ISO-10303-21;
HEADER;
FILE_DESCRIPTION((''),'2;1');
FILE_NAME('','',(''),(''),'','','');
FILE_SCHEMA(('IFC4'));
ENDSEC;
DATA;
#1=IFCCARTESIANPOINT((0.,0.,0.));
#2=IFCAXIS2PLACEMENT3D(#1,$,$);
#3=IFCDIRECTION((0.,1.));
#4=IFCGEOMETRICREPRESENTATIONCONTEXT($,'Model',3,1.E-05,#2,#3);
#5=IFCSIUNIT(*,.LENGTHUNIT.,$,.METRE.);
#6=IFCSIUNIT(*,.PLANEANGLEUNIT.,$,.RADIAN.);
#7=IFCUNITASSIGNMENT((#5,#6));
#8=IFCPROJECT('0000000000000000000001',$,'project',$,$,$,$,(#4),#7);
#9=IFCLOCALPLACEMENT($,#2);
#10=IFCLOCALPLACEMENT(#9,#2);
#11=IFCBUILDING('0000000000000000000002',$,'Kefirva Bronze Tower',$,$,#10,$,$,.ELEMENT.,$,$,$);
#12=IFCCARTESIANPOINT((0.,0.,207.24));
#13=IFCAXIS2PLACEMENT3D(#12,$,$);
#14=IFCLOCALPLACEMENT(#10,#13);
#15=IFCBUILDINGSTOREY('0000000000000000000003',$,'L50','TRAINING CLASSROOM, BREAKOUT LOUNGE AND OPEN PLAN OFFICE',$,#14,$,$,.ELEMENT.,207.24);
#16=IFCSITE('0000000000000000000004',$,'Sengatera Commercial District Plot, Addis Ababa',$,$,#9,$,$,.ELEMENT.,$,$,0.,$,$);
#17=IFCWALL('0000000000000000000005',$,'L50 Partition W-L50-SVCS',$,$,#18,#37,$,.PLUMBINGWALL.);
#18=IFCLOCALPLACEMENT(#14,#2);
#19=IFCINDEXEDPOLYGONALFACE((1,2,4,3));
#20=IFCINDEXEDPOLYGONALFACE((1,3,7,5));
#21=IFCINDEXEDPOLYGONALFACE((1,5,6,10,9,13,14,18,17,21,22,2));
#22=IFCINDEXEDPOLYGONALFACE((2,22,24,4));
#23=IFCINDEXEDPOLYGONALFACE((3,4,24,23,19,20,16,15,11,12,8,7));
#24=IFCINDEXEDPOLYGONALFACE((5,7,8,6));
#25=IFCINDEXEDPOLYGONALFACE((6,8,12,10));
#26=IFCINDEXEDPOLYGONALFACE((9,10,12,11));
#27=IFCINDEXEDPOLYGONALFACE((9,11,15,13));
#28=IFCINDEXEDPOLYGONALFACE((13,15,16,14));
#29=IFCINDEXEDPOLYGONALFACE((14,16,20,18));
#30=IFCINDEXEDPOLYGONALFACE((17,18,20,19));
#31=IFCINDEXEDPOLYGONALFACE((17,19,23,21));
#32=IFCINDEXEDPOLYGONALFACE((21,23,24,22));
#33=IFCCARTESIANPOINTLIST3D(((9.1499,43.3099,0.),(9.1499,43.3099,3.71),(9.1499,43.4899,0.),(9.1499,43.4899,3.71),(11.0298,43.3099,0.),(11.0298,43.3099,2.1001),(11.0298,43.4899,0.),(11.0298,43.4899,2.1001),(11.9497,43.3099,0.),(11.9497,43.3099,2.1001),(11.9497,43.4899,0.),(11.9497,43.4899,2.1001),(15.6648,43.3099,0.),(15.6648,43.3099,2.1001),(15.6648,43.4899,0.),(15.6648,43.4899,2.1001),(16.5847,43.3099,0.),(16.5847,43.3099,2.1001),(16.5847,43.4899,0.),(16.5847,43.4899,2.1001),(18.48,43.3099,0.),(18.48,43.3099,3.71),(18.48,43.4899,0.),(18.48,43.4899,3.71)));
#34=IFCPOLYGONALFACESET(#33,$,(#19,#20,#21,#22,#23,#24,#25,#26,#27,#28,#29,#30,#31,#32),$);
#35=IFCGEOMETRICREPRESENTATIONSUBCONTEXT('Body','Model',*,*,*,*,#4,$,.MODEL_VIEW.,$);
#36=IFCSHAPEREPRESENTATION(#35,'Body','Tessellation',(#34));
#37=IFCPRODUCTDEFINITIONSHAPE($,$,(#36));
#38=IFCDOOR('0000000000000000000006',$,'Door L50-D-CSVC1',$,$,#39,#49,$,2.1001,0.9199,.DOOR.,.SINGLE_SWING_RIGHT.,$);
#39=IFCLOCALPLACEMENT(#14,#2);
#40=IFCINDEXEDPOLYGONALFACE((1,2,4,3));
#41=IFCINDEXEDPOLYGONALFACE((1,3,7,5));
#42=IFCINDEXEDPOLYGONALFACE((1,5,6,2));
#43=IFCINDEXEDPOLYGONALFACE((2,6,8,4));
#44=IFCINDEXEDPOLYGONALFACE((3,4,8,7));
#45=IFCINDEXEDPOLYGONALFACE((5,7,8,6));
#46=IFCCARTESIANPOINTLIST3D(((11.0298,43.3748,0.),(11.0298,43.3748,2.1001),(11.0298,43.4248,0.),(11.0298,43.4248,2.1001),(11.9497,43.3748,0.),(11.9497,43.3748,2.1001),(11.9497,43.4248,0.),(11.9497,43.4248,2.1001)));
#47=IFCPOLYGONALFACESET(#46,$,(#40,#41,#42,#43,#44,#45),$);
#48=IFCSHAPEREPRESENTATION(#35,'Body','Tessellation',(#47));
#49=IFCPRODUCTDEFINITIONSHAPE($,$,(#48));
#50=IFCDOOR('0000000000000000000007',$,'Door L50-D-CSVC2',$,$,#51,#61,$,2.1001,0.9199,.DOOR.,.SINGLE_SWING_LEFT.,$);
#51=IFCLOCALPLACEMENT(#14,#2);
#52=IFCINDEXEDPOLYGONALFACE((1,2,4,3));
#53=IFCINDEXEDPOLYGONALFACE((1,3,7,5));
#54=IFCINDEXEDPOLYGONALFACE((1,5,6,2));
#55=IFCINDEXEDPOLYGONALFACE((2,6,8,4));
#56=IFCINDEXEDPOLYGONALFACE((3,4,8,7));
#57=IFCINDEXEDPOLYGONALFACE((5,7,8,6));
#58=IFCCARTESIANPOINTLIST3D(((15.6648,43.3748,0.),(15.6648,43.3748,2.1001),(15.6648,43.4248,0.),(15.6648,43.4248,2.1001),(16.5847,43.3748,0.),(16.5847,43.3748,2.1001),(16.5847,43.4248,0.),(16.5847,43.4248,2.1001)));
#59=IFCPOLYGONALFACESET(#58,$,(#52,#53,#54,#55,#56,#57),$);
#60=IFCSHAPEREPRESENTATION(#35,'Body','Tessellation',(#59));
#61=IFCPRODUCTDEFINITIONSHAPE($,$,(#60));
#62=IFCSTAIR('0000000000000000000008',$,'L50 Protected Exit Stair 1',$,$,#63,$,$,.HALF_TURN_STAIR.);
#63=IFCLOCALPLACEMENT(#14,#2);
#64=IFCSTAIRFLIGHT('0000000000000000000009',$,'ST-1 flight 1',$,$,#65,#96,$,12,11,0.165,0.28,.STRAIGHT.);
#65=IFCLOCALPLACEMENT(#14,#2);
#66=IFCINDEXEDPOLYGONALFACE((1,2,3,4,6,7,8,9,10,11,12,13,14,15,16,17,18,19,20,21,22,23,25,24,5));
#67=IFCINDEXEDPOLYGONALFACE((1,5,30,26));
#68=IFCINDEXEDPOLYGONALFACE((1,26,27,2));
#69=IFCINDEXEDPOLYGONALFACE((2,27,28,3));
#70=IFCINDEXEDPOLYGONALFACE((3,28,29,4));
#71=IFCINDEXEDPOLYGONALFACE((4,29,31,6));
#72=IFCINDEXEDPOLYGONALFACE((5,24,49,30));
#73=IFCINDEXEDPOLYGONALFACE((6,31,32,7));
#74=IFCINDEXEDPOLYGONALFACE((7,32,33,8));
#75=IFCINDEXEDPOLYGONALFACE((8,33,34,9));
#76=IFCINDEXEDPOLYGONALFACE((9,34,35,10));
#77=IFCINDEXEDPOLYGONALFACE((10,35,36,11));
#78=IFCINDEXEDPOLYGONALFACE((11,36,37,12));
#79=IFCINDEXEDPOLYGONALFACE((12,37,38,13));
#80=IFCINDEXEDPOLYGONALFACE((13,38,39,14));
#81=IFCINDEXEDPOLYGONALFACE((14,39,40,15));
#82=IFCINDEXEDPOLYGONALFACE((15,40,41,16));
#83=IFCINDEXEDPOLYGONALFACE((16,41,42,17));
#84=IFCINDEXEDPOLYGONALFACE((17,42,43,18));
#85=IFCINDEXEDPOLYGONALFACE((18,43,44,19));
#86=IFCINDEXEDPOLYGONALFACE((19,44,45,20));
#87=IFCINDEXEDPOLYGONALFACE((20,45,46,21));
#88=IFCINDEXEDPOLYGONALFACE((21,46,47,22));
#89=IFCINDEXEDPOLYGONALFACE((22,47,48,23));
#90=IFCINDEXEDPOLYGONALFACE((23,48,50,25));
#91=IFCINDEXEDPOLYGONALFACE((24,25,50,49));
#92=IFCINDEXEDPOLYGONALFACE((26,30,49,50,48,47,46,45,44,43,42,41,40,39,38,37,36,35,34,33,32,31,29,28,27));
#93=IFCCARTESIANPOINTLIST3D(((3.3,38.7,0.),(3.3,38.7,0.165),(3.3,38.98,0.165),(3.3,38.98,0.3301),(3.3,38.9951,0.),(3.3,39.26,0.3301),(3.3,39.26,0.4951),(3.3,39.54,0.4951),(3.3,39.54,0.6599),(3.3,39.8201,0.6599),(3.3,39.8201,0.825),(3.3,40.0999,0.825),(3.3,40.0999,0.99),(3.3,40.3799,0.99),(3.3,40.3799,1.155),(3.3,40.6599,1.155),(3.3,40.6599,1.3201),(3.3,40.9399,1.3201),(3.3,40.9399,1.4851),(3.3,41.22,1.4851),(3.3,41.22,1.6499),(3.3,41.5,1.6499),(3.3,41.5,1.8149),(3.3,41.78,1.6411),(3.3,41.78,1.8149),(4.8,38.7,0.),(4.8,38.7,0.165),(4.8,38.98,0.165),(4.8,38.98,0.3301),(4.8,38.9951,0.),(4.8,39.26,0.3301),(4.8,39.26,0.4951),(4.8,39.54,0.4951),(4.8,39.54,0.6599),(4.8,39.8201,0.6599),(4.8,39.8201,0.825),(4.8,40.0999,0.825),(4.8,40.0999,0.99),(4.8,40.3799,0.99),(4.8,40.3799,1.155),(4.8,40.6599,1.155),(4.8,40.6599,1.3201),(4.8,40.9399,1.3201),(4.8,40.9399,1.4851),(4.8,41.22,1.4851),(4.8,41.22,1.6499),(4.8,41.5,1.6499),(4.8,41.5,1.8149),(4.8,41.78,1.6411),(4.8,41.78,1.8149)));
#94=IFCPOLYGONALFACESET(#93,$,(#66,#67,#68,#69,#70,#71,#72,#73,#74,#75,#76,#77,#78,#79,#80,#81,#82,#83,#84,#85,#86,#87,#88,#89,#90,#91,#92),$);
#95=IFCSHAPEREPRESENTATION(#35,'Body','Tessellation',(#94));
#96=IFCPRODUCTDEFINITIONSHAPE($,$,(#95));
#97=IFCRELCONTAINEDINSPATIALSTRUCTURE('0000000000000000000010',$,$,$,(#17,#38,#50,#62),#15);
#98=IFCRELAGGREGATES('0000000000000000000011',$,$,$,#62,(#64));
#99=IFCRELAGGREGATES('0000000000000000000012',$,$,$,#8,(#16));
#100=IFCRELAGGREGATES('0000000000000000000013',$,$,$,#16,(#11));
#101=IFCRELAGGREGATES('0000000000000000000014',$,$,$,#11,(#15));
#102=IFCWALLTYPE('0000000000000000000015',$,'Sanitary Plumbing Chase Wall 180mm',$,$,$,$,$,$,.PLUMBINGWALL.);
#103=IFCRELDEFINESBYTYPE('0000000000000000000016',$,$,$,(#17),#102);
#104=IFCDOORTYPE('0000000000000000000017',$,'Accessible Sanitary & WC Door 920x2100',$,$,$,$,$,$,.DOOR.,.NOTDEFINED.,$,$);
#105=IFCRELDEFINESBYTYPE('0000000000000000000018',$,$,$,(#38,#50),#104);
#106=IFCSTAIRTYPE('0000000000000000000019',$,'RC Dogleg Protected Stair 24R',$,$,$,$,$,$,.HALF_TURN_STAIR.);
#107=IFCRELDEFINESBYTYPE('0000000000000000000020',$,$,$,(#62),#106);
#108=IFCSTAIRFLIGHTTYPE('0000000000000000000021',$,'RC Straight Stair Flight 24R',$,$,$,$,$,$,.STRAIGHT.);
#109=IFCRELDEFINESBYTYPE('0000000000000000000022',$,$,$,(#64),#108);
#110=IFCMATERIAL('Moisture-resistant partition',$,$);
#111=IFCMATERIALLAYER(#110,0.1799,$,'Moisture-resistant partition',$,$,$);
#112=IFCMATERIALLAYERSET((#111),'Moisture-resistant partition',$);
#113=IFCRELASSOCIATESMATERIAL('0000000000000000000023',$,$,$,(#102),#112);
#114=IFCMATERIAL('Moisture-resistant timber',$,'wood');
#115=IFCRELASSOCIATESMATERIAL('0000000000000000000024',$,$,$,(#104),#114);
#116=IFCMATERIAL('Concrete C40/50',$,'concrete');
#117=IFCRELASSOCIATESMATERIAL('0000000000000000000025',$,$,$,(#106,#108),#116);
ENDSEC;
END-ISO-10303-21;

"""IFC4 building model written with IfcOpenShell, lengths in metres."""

from ifc_helpers import new_model, si_unit, direction, frame, frame_2d, origin, place, context, subcontext, project, spatial, polyline, rectangle, outline, extrude, material, layer, layer_set, type_object, element, fill, aggregate, save


model = new_model("IFC4")

# Units and contexts
model_context = context("Model", 3, precision=1e-05, world=origin(), true_north=direction((0.0, 1.0)))
body_context = subcontext(model_context, "Body", "Model", "MODEL_VIEW")
ifc_project = project(units=[si_unit("LENGTHUNIT", "METRE"), si_unit("PLANEANGLEUNIT", "RADIAN")], contexts=[model_context])

# Site, building, storey
site_placement = place(None, origin())
site = spatial("IfcSite", under=ifc_project, at=site_placement, Name="Sengatera Commercial District Plot, Addis Ababa", CompositionType="ELEMENT", RefElevation=0.0)
building_placement = place(site_placement, origin())
building = spatial("IfcBuilding", under=site, at=building_placement, Name="Kefirva Bronze Tower", CompositionType="ELEMENT")
storey_placement = place(building_placement, frame((0.0, 0.0, 207.24)))
storey = spatial("IfcBuildingStorey", under=building, at=storey_placement, Name="L50", Description="TRAINING CLASSROOM, BREAKOUT LOUNGE AND OPEN PLAN OFFICE", CompositionType="ELEMENT", Elevation=207.24)

# Wall, openings, doors
ifc_material_1 = material(Name="Moisture-resistant partition")
ifc_layer_1 = layer(ifc_material_1, 0.1799, Name="Moisture-resistant partition")
ifc_layer_set_1 = layer_set([ifc_layer_1], Name="Moisture-resistant partition")
wall_type_1 = type_object("IfcWallType", Name="Sanitary Plumbing Chase Wall 180mm", PredefinedType="PLUMBINGWALL", material=ifc_layer_set_1)
wall_1_placement = place(storey_placement, frame((9.1499, 43.3999, 0.0), z_axis=(0.0, 0.0, 1.0), x_axis=(1.0, 0.0, 0.0)))
wall_1 = element("IfcWall", 1, at=wall_1_placement, inside=storey, type_object=wall_type_1, Name="L50 Partition W-L50-SVCS", PredefinedType="PLUMBINGWALL", context=body_context, shape_type="SweptSolid", body=[
    extrude(rectangle(XDim=9.3301, YDim=0.1799, at=frame_2d((4.665, 0.0))), origin(), (0.0, 0.0, 1.0), 3.71),
])
opening_1_placement = place(wall_1_placement, frame((1.8799, 0.0, 0.0)))
opening_1 = element("IfcOpeningElement", 2, at=opening_1_placement, cuts=wall_1, PredefinedType="OPENING", context=body_context, shape_type="SweptSolid", body=[
    extrude(rectangle(XDim=0.9199, YDim=2.1001, at=frame_2d((0.46, 1.05))), frame((0.0, 0.1001, 0.0), z_axis=(0.0, -1.0, 0.0), x_axis=(1.0, 0.0, 0.0)), (0.0, 0.0, 1.0), 0.2),
])
opening_2_placement = place(wall_1_placement, frame((6.5149, 0.0, 0.0)))
opening_2 = element("IfcOpeningElement", 3, at=opening_2_placement, cuts=wall_1, PredefinedType="OPENING", context=body_context, shape_type="SweptSolid", body=[
    extrude(rectangle(XDim=0.9199, YDim=2.1001, at=frame_2d((0.46, 1.05))), frame((0.0, 0.1001, 0.0), z_axis=(0.0, -1.0, 0.0), x_axis=(1.0, 0.0, 0.0)), (0.0, 0.0, 1.0), 0.2),
])
ifc_material_2 = material(Name="Moisture-resistant timber", Category="wood")
door_type_1 = type_object("IfcDoorType", Name="Accessible Sanitary & WC Door 920x2100", OperationType="NOTDEFINED", PredefinedType="DOOR", material=ifc_material_2)
door_1_placement = place(opening_1_placement, origin())
door_1 = element("IfcDoor", 4, at=door_1_placement, inside=storey, type_object=door_type_1, Name="Door L50-D-CSVC1", OperationType="SINGLE_SWING_RIGHT", OverallHeight=2.1001, OverallWidth=0.9199, PredefinedType="DOOR", context=body_context, shape_type="SweptSolid", body=[
    extrude(rectangle(XDim=0.9199, YDim=2.1001, at=frame_2d((0.46, 1.05))), frame((0.0, 0.0249, 0.0), z_axis=(0.0, -1.0, 0.0), x_axis=(1.0, 0.0, 0.0)), (0.0, 0.0, 1.0), 0.05),
])
fill(opening_1, door_1)
door_2_placement = place(opening_2_placement, origin())
door_2 = element("IfcDoor", 5, at=door_2_placement, inside=storey, type_object=door_type_1, Name="Door L50-D-CSVC2", OperationType="SINGLE_SWING_LEFT", OverallHeight=2.1001, OverallWidth=0.9199, PredefinedType="DOOR", context=body_context, shape_type="SweptSolid", body=[
    extrude(rectangle(XDim=0.9199, YDim=2.1001, at=frame_2d((0.46, 1.05))), frame((0.0, 0.0249, 0.0), z_axis=(0.0, -1.0, 0.0), x_axis=(1.0, 0.0, 0.0)), (0.0, 0.0, 1.0), 0.05),
])
fill(opening_2, door_2)

# Stair, stair flight
ifc_material_3 = material(Name="Concrete C40/50", Category="concrete")
stair_type = type_object("IfcStairType", Name="RC Dogleg Protected Stair 24R", PredefinedType="HALF_TURN_STAIR", material=ifc_material_3)
stair_placement = place(storey_placement, origin())
stair = element("IfcStair", 6, at=stair_placement, inside=storey, type_object=stair_type, Name="L50 Protected Exit Stair 1", PredefinedType="HALF_TURN_STAIR")
stair_flight_type = type_object("IfcStairFlightType", Name="RC Straight Stair Flight 24R", PredefinedType="STRAIGHT", material=ifc_material_3)
stair_flight_placement = place(storey_placement, frame((4.05, 38.7, 0.0), z_axis=(0.0, 0.0, 1.0), x_axis=(0.0, 1.0, 0.0)))
stair_flight = element("IfcStairFlight", 7, at=stair_flight_placement, type_object=stair_flight_type, Name="ST-1 flight 1", NumberOfRisers=12, NumberOfTreads=11, PredefinedType="STRAIGHT", RiserHeight=0.165, TreadLength=0.28, context=body_context, shape_type="SweptSolid", body=[
    extrude(outline(polyline([(0.0, 0.0), (0.0, 0.165), (0.28, 0.165), (0.28, 0.3301), (0.5601, 0.3301), (0.5601, 0.4951), (0.8401, 0.4951), (0.8401, 0.6599), (1.1201, 0.6599), (1.1201, 0.825), (1.3999, 0.825), (1.3999, 0.99), (1.6799, 0.99), (1.6799, 1.155), (1.96, 1.155), (1.96, 1.3201), (2.24, 1.3201), (2.24, 1.4851), (2.52, 1.4851), (2.52, 1.6499), (2.8, 1.6499), (2.8, 1.8149), (3.0801, 1.8149), (3.0801, 1.98), (3.0801, 1.6411), (0.2952, 0.0), (0.0, 0.0)])), frame((0.0, 0.75, 0.0), z_axis=(0.0, -1.0, 0.0), x_axis=(1.0, 0.0, 0.0)), (0.0, 0.0, 1.0), 1.5),
])
aggregate(stair, [stair_flight])

save(model, "model.ifc")
